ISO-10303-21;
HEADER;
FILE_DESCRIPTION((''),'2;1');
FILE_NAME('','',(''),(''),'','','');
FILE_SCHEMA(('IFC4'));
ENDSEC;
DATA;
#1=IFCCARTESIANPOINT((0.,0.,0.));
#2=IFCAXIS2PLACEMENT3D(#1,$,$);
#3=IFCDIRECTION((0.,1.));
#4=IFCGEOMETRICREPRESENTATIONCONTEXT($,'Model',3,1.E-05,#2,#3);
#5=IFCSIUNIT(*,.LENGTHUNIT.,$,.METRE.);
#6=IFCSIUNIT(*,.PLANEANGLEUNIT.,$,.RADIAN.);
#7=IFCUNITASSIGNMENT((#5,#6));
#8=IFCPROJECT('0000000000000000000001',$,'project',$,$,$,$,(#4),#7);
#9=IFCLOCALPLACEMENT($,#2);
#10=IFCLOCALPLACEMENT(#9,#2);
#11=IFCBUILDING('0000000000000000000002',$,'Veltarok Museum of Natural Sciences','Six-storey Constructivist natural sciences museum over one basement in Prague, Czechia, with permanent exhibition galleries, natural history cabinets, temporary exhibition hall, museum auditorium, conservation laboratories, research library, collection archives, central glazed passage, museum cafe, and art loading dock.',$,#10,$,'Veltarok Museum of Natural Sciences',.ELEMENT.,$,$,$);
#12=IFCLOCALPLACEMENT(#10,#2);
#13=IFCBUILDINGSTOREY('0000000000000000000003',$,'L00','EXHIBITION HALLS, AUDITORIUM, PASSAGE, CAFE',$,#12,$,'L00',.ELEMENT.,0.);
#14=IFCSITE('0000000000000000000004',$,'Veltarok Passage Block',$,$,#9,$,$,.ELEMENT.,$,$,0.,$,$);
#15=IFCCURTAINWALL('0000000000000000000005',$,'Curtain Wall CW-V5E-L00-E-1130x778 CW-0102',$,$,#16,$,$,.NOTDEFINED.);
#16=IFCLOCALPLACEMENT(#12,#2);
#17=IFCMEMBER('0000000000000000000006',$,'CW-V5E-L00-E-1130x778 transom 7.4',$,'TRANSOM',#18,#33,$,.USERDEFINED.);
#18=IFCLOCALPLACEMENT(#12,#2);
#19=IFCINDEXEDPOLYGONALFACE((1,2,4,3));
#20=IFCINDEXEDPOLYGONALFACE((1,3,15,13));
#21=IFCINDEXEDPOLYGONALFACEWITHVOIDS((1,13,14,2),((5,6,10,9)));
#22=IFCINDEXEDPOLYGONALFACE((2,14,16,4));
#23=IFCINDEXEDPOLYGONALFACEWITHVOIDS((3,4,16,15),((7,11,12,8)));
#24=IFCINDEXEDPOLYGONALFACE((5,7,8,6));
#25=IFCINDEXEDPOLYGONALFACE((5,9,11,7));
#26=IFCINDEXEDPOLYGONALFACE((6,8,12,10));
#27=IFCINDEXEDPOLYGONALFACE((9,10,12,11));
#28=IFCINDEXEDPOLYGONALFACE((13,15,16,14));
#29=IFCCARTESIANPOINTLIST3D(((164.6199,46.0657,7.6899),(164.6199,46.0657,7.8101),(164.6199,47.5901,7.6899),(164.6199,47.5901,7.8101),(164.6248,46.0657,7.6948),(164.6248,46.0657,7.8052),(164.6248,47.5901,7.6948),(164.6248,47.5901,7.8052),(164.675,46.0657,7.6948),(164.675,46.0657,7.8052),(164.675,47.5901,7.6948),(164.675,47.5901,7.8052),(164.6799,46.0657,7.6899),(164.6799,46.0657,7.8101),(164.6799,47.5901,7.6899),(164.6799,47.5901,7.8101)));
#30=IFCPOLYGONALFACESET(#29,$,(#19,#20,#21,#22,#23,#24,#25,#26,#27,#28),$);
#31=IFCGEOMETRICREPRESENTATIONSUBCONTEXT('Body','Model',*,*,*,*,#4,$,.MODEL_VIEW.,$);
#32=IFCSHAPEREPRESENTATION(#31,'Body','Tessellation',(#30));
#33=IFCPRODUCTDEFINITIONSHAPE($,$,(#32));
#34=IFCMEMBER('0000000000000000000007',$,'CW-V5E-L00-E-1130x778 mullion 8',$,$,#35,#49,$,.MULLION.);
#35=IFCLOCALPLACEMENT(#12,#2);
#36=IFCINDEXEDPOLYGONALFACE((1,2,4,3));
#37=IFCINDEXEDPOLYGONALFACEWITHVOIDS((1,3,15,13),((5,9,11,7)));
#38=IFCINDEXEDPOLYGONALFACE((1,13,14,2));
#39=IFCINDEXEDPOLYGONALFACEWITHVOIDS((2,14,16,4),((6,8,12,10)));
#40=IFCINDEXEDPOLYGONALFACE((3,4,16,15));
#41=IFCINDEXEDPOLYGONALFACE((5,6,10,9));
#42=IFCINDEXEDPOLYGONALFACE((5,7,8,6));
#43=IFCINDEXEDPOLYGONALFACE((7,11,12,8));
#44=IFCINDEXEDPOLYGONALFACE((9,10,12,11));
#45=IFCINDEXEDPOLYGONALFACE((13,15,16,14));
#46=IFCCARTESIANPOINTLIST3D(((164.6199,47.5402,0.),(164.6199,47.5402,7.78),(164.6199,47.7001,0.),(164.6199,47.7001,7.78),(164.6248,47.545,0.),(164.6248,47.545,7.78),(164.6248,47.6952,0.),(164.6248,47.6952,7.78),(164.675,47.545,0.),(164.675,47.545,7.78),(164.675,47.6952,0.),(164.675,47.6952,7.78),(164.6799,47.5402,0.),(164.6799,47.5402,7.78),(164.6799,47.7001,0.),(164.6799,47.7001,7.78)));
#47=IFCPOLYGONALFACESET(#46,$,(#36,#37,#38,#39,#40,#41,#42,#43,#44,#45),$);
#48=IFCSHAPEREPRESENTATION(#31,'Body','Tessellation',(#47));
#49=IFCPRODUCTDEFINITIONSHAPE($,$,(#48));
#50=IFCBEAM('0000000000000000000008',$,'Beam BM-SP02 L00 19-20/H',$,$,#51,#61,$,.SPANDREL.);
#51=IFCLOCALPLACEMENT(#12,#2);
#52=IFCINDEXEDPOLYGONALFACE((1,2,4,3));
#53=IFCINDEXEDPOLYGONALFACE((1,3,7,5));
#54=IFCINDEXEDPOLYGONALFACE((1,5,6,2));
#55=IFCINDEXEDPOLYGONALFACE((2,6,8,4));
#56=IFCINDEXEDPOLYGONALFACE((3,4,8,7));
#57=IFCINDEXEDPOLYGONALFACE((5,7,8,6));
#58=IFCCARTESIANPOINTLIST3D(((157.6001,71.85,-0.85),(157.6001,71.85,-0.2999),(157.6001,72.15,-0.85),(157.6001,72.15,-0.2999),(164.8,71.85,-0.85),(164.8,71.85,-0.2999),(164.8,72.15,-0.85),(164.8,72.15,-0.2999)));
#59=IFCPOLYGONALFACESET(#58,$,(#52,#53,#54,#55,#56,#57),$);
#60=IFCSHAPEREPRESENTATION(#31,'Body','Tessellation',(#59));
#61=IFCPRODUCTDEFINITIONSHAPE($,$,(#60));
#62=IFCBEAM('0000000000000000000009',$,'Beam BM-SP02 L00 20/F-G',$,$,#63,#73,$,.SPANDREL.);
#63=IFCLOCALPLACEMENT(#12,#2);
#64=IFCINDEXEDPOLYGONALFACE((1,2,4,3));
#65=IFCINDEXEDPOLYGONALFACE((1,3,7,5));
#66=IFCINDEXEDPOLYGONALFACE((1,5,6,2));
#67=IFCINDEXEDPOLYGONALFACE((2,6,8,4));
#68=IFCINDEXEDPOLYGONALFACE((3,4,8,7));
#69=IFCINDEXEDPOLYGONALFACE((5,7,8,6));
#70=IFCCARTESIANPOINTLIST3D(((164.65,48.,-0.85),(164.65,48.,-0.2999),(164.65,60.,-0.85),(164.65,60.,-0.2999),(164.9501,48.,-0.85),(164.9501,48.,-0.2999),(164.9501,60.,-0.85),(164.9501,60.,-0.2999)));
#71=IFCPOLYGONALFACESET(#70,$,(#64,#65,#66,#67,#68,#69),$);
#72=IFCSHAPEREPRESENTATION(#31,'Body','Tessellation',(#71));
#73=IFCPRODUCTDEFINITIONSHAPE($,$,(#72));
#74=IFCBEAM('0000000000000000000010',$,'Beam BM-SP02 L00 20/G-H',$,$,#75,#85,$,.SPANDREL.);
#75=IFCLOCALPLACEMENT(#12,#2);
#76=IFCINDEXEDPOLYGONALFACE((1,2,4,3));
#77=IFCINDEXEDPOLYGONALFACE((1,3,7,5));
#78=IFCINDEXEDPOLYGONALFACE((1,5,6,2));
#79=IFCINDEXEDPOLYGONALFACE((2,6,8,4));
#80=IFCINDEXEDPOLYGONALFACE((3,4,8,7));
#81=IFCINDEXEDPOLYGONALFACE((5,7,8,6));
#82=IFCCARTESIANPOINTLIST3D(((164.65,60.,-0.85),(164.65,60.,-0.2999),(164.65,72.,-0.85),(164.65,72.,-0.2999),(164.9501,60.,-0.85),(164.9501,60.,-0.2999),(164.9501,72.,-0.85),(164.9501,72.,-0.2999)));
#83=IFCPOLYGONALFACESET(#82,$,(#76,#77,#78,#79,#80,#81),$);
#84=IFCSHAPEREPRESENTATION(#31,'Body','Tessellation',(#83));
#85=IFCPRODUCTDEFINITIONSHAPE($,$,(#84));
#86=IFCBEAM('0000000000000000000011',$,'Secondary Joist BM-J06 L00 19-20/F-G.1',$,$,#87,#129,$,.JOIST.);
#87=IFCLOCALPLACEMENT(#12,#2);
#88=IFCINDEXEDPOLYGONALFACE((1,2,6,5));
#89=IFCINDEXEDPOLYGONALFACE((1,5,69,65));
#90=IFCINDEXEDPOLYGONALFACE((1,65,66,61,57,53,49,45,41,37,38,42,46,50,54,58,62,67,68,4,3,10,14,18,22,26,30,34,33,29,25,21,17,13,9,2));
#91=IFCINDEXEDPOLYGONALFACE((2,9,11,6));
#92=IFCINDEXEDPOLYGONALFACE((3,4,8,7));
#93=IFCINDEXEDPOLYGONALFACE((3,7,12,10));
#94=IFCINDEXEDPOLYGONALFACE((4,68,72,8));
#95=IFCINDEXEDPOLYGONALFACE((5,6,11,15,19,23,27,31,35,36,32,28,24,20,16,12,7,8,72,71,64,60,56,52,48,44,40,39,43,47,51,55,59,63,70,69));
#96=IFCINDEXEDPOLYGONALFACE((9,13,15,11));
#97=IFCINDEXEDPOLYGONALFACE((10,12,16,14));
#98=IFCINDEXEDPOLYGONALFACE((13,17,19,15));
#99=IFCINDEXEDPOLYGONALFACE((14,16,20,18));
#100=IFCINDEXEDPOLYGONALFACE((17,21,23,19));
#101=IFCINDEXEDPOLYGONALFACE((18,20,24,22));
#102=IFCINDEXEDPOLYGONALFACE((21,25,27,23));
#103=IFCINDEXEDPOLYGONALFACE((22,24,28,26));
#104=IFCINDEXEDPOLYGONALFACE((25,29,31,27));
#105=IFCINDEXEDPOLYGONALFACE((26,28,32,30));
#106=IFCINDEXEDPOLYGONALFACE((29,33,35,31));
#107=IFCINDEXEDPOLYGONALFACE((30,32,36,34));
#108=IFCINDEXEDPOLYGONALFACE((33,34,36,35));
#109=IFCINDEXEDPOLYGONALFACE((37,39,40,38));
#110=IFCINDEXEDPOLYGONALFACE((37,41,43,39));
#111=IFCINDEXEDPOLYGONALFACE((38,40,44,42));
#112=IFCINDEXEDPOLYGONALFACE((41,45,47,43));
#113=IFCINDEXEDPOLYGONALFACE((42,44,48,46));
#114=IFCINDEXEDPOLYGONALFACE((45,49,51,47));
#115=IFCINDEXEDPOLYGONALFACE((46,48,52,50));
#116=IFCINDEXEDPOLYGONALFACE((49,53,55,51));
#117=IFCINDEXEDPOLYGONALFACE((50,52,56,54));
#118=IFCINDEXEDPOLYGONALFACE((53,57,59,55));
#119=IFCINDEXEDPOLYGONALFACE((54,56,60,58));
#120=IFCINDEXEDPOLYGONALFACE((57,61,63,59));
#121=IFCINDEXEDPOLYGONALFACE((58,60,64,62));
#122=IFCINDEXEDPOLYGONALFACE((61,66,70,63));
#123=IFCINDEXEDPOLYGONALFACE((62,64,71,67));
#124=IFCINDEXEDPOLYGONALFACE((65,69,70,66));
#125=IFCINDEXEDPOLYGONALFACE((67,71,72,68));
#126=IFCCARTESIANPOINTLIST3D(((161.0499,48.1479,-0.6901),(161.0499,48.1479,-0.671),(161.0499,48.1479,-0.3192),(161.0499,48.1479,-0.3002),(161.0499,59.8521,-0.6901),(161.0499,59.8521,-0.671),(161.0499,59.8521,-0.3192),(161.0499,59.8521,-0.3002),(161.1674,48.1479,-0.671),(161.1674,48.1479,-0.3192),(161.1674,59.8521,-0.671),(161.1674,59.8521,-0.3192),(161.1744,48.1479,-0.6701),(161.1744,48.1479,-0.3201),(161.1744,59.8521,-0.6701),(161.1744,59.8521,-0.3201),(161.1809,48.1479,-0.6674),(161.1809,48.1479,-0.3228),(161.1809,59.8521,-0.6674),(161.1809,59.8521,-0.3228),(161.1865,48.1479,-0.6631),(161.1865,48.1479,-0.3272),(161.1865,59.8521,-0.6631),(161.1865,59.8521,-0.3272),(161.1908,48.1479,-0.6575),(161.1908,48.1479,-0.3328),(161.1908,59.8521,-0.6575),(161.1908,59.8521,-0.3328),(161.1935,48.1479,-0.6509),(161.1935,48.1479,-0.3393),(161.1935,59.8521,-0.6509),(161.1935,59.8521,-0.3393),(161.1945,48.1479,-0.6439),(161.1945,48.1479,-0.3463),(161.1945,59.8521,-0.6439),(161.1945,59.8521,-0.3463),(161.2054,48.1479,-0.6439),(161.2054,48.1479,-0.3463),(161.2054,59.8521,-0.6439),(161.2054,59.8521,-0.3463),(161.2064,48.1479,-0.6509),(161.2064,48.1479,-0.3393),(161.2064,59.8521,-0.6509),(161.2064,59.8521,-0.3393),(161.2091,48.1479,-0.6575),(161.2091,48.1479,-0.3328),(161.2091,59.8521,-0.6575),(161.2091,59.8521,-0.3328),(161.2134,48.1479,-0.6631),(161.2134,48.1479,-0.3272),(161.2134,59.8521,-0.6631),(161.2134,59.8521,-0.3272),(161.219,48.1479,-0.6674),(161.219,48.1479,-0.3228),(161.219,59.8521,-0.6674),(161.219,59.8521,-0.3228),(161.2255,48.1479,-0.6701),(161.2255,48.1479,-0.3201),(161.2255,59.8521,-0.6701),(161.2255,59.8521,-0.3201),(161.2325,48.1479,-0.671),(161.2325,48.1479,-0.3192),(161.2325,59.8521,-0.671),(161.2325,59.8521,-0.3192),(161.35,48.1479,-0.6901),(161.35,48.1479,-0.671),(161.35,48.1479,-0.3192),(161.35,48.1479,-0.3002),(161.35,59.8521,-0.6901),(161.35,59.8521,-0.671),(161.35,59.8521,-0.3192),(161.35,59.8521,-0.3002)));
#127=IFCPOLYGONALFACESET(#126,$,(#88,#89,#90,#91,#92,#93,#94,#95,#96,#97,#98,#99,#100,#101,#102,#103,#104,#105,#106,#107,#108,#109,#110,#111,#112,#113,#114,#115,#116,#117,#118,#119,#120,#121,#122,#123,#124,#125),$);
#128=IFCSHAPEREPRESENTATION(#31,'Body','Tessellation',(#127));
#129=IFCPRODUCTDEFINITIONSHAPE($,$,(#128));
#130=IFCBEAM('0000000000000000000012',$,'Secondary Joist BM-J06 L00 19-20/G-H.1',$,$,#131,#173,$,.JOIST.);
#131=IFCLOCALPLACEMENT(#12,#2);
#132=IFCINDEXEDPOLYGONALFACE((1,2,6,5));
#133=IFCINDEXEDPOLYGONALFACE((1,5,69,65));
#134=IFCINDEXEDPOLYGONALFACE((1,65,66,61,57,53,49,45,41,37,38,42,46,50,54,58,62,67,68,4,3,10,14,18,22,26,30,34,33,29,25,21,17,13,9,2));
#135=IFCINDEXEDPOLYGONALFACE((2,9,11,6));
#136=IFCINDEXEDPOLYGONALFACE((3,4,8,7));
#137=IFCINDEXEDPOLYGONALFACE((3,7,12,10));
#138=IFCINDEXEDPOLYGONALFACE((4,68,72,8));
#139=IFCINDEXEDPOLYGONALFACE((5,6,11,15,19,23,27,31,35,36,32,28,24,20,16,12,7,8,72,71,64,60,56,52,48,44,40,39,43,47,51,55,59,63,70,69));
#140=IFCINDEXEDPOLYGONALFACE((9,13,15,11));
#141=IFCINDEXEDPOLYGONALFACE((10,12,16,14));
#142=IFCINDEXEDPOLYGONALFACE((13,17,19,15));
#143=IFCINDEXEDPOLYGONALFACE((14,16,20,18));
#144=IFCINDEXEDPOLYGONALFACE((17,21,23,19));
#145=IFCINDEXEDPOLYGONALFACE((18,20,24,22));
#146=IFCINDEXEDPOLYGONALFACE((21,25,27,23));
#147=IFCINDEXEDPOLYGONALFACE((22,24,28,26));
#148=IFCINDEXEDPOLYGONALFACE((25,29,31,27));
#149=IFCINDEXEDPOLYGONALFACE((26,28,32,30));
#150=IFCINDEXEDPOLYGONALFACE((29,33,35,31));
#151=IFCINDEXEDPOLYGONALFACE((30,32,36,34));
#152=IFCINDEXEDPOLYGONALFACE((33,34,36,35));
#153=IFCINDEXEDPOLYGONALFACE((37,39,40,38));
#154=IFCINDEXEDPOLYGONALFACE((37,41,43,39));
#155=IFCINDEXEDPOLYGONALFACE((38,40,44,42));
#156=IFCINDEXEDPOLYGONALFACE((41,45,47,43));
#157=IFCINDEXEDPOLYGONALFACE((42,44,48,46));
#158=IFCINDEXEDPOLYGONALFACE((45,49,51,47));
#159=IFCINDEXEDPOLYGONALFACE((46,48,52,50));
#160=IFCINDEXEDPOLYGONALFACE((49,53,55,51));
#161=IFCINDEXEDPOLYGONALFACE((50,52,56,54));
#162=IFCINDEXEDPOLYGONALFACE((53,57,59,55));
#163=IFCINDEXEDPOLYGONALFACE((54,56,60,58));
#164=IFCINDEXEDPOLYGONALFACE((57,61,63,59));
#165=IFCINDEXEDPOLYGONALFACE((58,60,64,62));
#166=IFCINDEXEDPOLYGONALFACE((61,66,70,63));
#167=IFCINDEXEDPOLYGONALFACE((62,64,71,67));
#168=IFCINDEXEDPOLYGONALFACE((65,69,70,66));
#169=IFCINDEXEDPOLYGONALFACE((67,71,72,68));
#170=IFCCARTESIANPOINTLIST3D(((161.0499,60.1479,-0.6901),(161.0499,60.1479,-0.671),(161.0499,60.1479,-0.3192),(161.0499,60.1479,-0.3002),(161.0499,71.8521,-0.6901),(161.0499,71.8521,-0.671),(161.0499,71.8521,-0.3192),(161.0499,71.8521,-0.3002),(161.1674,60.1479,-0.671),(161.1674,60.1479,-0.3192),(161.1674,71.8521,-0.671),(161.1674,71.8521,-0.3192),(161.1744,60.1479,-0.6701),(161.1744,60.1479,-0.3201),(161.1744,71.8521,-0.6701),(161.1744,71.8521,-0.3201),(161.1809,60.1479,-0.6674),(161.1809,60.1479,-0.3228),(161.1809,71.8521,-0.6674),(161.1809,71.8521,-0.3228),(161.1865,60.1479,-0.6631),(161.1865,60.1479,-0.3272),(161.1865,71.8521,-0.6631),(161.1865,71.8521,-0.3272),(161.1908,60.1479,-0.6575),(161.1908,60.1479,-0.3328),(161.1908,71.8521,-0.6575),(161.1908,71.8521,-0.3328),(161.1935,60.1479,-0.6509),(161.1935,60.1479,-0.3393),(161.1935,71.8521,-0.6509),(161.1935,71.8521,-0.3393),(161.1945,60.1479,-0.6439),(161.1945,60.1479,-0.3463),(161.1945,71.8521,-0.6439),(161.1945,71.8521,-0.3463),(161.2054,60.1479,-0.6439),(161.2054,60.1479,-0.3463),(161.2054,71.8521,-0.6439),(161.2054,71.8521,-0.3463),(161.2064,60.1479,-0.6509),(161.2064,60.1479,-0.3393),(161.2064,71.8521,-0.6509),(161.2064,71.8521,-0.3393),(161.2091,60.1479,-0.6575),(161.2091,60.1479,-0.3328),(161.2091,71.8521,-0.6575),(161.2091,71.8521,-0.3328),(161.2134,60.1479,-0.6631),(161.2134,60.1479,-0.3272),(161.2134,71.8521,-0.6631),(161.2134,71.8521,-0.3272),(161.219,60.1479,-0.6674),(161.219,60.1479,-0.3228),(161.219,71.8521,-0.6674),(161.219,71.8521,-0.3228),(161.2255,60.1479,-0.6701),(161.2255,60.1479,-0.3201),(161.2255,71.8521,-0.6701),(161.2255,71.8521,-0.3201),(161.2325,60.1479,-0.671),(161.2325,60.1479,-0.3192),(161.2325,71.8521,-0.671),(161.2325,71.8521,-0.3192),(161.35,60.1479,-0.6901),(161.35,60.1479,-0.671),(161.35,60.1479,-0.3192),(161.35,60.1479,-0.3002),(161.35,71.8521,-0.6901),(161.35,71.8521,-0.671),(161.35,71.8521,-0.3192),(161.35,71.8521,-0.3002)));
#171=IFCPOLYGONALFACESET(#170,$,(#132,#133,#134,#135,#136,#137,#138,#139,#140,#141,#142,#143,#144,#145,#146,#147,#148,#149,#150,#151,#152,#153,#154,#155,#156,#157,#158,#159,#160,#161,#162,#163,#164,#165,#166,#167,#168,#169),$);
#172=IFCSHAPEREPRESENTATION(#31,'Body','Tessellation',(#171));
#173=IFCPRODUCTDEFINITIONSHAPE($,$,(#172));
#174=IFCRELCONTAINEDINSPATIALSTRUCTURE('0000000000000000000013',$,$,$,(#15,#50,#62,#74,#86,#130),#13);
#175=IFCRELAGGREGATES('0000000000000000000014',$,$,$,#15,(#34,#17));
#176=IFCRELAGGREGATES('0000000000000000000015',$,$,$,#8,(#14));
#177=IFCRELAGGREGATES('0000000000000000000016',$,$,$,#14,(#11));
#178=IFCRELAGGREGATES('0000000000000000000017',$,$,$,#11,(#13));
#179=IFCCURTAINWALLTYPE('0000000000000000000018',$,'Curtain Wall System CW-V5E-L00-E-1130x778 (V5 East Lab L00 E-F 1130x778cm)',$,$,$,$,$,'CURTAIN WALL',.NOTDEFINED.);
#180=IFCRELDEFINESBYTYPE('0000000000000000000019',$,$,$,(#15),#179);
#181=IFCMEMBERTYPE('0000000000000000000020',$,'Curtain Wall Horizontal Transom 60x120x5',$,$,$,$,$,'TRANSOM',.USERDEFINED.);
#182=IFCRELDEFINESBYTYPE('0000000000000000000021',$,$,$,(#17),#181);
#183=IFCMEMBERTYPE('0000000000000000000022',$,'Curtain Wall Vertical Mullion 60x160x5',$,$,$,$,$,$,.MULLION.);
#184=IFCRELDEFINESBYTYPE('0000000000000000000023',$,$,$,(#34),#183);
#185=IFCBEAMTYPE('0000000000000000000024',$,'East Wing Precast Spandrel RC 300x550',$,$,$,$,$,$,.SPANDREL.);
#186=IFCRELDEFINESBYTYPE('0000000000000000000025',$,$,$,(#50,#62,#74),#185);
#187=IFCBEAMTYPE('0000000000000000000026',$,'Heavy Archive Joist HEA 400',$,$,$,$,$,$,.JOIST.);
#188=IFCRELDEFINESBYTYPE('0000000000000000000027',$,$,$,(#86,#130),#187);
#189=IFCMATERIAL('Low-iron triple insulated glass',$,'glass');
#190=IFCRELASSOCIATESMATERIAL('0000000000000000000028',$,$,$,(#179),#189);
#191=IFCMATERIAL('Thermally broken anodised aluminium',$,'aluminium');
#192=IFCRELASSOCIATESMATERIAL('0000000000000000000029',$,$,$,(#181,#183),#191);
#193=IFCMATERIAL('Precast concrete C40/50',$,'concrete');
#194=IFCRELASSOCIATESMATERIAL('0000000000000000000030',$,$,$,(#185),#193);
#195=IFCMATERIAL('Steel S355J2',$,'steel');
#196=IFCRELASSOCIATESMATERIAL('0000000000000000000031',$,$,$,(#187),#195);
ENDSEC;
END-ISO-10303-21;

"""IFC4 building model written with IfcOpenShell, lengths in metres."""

from ifc_helpers import new_model, si_unit, direction, frame, origin, origin_2d, place, context, subcontext, project, spatial, rectangle, hollow_rectangle, i_section, extrude, material, material_profile, profile_set, type_object, element, aggregate, save


model = new_model("IFC4")

# Units and contexts
model_context = context("Model", 3, precision=1e-05, world=origin(), true_north=direction((0.0, 1.0)))
body_context = subcontext(model_context, "Body", "Model", "MODEL_VIEW")
ifc_project = project(units=[si_unit("LENGTHUNIT", "METRE"), si_unit("PLANEANGLEUNIT", "RADIAN")], contexts=[model_context])

# Site, building, storey
site_placement = place(None, origin())
site = spatial("IfcSite", under=ifc_project, at=site_placement, Name="Veltarok Passage Block", CompositionType="ELEMENT", RefElevation=0.0)
building_placement = place(site_placement, origin())
building = spatial("IfcBuilding", under=site, at=building_placement, Name="Veltarok Museum of Natural Sciences", Description="Six-storey Constructivist natural sciences museum over one basement in Prague, Czechia, with permanent exhibition galleries, natural history cabinets, temporary exhibition hall, museum auditorium, conservation laboratories, research library, collection archives, central glazed passage, museum cafe, and art loading dock.", LongName="Veltarok Museum of Natural Sciences", CompositionType="ELEMENT")
storey_placement = place(building_placement, origin())
storey = spatial("IfcBuildingStorey", under=building, at=storey_placement, Name="L00", Description="EXHIBITION HALLS, AUDITORIUM, PASSAGE, CAFE", LongName="L00", CompositionType="ELEMENT", Elevation=0.0)

# Shared definitions
ifc_material_1 = material(Name="Steel S355J2", Category="steel")

# Curtain wall, members
ifc_material_2 = material(Name="Low-iron triple insulated glass", Category="glass")
curtain_wall_type = type_object("IfcCurtainWallType", Name="Curtain Wall System CW-V5E-L00-E-1130x778 (V5 East Lab L00 E-F 1130x778cm)", ElementType="CURTAIN WALL", PredefinedType="NOTDEFINED", material=ifc_material_2)
curtain_wall_placement = place(storey_placement, origin())
curtain_wall = element("IfcCurtainWall", 1, at=curtain_wall_placement, inside=storey, type_object=curtain_wall_type, Name="Curtain Wall CW-V5E-L00-E-1130x778 CW-0102", PredefinedType="NOTDEFINED")
ifc_material_3 = material(Name="Thermally broken anodised aluminium", Category="aluminium")
ifc_material_profile_1 = material_profile(ifc_material_3, hollow_rectangle(XDim=0.0601, YDim=0.1201, WallThickness=0.0049, at=origin_2d()), Name="CW TRANSOM 60x120x5")
ifc_profile_set_1 = profile_set([ifc_material_profile_1], Name="Thermally broken anodised aluminium")
member_type_1 = type_object("IfcMemberType", Name="Curtain Wall Horizontal Transom 60x120x5", ElementType="TRANSOM", PredefinedType="USERDEFINED", material=ifc_profile_set_1)
member_1_placement = place(storey_placement, frame((164.6499, 46.0657, 7.75), z_axis=(0.0, 1.0, 0.0), x_axis=(-1.0, 0.0, 0.0)))
member_1 = element("IfcMember", 2, at=member_1_placement, type_object=member_type_1, Name="CW-V5E-L00-E-1130x778 transom 7.4", ObjectType="TRANSOM", PredefinedType="USERDEFINED", context=body_context, shape_type="SweptSolid", body=[
    extrude(hollow_rectangle(XDim=0.0601, YDim=0.1201, WallThickness=0.0049, at=origin_2d()), origin(), (0.0, 0.0, 1.0), 1.5244),
])
ifc_material_profile_2 = material_profile(ifc_material_3, hollow_rectangle(XDim=0.0601, YDim=0.1599, WallThickness=0.0049, at=origin_2d()), Name="CW MULLION 60x160x5")
ifc_profile_set_2 = profile_set([ifc_material_profile_2], Name="Thermally broken anodised aluminium")
member_type_2 = type_object("IfcMemberType", Name="Curtain Wall Vertical Mullion 60x160x5", PredefinedType="MULLION", material=ifc_profile_set_2)
member_2_placement = place(storey_placement, frame((164.6499, 47.6201, 0.0), z_axis=(0.0, 0.0, 1.0), x_axis=(-1.0, 0.0, 0.0)))
member_2 = element("IfcMember", 3, at=member_2_placement, type_object=member_type_2, Name="CW-V5E-L00-E-1130x778 mullion 8", PredefinedType="MULLION", context=body_context, shape_type="SweptSolid", body=[
    extrude(hollow_rectangle(XDim=0.0601, YDim=0.1599, WallThickness=0.0049, at=origin_2d()), origin(), (0.0, 0.0, 1.0), 7.78),
])

# Beams
ifc_material_4 = material(Name="Precast concrete C40/50", Category="concrete")
ifc_material_profile_3 = material_profile(ifc_material_4, rectangle(XDim=0.3, YDim=0.55, at=origin_2d()), Name="RC 300x550")
ifc_profile_set_3 = profile_set([ifc_material_profile_3], Name="Precast concrete C40/50")
beam_type_1 = type_object("IfcBeamType", Name="East Wing Precast Spandrel RC 300x550", PredefinedType="SPANDREL", material=ifc_profile_set_3)
beam_1_placement = place(storey_placement, frame((157.6001, 72.0, -0.575), z_axis=(1.0, 0.0, 0.0), x_axis=(0.0, 1.0, 0.0)))
element("IfcBeam", 4, at=beam_1_placement, inside=storey, type_object=beam_type_1, Name="Beam BM-SP02 L00 19-20/H", PredefinedType="SPANDREL", context=body_context, shape_type="SweptSolid", body=[
    extrude(rectangle(XDim=0.3, YDim=0.55, at=origin_2d()), origin(), (0.0, 0.0, 1.0), 7.2),
])
for number, where, z_axis, x_axis, name in (
    (5, (164.8, 48.0, -0.575), (0.0, 1.0, 0.0), (-1.0, 0.0, 0.0), "Beam BM-SP02 L00 20/F-G"),
    (6, (164.8, 60.0, -0.575), (0.0, 1.0, 0.0), (-1.0, 0.0, 0.0), "Beam BM-SP02 L00 20/G-H"),
):
    element("IfcBeam", number, at=place(storey_placement, frame(where, z_axis=z_axis, x_axis=x_axis)), inside=storey, type_object=beam_type_1, Name=name, PredefinedType="SPANDREL", context=body_context, shape_type="SweptSolid", body=[
        extrude(rectangle(XDim=0.3, YDim=0.55, at=origin_2d()), origin(), (0.0, 0.0, 1.0), 12.0),
    ])
ifc_material_profile_4 = material_profile(ifc_material_1, i_section(OverallWidth=0.3, OverallDepth=0.3899, WebThickness=0.011, FlangeThickness=0.019, FilletRadius=0.0271, at=origin_2d()), Name="HEA 400")
ifc_profile_set_4 = profile_set([ifc_material_profile_4], Name="Steel S355J2")
beam_type_2 = type_object("IfcBeamType", Name="Heavy Archive Joist HEA 400", PredefinedType="JOIST", material=ifc_profile_set_4)
for number, where, z_axis, x_axis, name in (
    (7, (161.2, 48.1479, -0.4951), (0.0, 1.0, 0.0), (-1.0, 0.0, 0.0), "Secondary Joist BM-J06 L00 19-20/F-G.1"),
    (8, (161.2, 60.1479, -0.4951), (0.0, 1.0, 0.0), (-1.0, 0.0, 0.0), "Secondary Joist BM-J06 L00 19-20/G-H.1"),
):
    element("IfcBeam", number, at=place(storey_placement, frame(where, z_axis=z_axis, x_axis=x_axis)), inside=storey, type_object=beam_type_2, Name=name, PredefinedType="JOIST", context=body_context, shape_type="SweptSolid", body=[
        extrude(i_section(OverallWidth=0.3, OverallDepth=0.3899, WebThickness=0.011, FlangeThickness=0.019, FilletRadius=0.0271, at=origin_2d()), origin(), (0.0, 0.0, 1.0), 11.7041),
    ])

aggregate(curtain_wall, [member_2, member_1])

save(model, "model.ifc")
